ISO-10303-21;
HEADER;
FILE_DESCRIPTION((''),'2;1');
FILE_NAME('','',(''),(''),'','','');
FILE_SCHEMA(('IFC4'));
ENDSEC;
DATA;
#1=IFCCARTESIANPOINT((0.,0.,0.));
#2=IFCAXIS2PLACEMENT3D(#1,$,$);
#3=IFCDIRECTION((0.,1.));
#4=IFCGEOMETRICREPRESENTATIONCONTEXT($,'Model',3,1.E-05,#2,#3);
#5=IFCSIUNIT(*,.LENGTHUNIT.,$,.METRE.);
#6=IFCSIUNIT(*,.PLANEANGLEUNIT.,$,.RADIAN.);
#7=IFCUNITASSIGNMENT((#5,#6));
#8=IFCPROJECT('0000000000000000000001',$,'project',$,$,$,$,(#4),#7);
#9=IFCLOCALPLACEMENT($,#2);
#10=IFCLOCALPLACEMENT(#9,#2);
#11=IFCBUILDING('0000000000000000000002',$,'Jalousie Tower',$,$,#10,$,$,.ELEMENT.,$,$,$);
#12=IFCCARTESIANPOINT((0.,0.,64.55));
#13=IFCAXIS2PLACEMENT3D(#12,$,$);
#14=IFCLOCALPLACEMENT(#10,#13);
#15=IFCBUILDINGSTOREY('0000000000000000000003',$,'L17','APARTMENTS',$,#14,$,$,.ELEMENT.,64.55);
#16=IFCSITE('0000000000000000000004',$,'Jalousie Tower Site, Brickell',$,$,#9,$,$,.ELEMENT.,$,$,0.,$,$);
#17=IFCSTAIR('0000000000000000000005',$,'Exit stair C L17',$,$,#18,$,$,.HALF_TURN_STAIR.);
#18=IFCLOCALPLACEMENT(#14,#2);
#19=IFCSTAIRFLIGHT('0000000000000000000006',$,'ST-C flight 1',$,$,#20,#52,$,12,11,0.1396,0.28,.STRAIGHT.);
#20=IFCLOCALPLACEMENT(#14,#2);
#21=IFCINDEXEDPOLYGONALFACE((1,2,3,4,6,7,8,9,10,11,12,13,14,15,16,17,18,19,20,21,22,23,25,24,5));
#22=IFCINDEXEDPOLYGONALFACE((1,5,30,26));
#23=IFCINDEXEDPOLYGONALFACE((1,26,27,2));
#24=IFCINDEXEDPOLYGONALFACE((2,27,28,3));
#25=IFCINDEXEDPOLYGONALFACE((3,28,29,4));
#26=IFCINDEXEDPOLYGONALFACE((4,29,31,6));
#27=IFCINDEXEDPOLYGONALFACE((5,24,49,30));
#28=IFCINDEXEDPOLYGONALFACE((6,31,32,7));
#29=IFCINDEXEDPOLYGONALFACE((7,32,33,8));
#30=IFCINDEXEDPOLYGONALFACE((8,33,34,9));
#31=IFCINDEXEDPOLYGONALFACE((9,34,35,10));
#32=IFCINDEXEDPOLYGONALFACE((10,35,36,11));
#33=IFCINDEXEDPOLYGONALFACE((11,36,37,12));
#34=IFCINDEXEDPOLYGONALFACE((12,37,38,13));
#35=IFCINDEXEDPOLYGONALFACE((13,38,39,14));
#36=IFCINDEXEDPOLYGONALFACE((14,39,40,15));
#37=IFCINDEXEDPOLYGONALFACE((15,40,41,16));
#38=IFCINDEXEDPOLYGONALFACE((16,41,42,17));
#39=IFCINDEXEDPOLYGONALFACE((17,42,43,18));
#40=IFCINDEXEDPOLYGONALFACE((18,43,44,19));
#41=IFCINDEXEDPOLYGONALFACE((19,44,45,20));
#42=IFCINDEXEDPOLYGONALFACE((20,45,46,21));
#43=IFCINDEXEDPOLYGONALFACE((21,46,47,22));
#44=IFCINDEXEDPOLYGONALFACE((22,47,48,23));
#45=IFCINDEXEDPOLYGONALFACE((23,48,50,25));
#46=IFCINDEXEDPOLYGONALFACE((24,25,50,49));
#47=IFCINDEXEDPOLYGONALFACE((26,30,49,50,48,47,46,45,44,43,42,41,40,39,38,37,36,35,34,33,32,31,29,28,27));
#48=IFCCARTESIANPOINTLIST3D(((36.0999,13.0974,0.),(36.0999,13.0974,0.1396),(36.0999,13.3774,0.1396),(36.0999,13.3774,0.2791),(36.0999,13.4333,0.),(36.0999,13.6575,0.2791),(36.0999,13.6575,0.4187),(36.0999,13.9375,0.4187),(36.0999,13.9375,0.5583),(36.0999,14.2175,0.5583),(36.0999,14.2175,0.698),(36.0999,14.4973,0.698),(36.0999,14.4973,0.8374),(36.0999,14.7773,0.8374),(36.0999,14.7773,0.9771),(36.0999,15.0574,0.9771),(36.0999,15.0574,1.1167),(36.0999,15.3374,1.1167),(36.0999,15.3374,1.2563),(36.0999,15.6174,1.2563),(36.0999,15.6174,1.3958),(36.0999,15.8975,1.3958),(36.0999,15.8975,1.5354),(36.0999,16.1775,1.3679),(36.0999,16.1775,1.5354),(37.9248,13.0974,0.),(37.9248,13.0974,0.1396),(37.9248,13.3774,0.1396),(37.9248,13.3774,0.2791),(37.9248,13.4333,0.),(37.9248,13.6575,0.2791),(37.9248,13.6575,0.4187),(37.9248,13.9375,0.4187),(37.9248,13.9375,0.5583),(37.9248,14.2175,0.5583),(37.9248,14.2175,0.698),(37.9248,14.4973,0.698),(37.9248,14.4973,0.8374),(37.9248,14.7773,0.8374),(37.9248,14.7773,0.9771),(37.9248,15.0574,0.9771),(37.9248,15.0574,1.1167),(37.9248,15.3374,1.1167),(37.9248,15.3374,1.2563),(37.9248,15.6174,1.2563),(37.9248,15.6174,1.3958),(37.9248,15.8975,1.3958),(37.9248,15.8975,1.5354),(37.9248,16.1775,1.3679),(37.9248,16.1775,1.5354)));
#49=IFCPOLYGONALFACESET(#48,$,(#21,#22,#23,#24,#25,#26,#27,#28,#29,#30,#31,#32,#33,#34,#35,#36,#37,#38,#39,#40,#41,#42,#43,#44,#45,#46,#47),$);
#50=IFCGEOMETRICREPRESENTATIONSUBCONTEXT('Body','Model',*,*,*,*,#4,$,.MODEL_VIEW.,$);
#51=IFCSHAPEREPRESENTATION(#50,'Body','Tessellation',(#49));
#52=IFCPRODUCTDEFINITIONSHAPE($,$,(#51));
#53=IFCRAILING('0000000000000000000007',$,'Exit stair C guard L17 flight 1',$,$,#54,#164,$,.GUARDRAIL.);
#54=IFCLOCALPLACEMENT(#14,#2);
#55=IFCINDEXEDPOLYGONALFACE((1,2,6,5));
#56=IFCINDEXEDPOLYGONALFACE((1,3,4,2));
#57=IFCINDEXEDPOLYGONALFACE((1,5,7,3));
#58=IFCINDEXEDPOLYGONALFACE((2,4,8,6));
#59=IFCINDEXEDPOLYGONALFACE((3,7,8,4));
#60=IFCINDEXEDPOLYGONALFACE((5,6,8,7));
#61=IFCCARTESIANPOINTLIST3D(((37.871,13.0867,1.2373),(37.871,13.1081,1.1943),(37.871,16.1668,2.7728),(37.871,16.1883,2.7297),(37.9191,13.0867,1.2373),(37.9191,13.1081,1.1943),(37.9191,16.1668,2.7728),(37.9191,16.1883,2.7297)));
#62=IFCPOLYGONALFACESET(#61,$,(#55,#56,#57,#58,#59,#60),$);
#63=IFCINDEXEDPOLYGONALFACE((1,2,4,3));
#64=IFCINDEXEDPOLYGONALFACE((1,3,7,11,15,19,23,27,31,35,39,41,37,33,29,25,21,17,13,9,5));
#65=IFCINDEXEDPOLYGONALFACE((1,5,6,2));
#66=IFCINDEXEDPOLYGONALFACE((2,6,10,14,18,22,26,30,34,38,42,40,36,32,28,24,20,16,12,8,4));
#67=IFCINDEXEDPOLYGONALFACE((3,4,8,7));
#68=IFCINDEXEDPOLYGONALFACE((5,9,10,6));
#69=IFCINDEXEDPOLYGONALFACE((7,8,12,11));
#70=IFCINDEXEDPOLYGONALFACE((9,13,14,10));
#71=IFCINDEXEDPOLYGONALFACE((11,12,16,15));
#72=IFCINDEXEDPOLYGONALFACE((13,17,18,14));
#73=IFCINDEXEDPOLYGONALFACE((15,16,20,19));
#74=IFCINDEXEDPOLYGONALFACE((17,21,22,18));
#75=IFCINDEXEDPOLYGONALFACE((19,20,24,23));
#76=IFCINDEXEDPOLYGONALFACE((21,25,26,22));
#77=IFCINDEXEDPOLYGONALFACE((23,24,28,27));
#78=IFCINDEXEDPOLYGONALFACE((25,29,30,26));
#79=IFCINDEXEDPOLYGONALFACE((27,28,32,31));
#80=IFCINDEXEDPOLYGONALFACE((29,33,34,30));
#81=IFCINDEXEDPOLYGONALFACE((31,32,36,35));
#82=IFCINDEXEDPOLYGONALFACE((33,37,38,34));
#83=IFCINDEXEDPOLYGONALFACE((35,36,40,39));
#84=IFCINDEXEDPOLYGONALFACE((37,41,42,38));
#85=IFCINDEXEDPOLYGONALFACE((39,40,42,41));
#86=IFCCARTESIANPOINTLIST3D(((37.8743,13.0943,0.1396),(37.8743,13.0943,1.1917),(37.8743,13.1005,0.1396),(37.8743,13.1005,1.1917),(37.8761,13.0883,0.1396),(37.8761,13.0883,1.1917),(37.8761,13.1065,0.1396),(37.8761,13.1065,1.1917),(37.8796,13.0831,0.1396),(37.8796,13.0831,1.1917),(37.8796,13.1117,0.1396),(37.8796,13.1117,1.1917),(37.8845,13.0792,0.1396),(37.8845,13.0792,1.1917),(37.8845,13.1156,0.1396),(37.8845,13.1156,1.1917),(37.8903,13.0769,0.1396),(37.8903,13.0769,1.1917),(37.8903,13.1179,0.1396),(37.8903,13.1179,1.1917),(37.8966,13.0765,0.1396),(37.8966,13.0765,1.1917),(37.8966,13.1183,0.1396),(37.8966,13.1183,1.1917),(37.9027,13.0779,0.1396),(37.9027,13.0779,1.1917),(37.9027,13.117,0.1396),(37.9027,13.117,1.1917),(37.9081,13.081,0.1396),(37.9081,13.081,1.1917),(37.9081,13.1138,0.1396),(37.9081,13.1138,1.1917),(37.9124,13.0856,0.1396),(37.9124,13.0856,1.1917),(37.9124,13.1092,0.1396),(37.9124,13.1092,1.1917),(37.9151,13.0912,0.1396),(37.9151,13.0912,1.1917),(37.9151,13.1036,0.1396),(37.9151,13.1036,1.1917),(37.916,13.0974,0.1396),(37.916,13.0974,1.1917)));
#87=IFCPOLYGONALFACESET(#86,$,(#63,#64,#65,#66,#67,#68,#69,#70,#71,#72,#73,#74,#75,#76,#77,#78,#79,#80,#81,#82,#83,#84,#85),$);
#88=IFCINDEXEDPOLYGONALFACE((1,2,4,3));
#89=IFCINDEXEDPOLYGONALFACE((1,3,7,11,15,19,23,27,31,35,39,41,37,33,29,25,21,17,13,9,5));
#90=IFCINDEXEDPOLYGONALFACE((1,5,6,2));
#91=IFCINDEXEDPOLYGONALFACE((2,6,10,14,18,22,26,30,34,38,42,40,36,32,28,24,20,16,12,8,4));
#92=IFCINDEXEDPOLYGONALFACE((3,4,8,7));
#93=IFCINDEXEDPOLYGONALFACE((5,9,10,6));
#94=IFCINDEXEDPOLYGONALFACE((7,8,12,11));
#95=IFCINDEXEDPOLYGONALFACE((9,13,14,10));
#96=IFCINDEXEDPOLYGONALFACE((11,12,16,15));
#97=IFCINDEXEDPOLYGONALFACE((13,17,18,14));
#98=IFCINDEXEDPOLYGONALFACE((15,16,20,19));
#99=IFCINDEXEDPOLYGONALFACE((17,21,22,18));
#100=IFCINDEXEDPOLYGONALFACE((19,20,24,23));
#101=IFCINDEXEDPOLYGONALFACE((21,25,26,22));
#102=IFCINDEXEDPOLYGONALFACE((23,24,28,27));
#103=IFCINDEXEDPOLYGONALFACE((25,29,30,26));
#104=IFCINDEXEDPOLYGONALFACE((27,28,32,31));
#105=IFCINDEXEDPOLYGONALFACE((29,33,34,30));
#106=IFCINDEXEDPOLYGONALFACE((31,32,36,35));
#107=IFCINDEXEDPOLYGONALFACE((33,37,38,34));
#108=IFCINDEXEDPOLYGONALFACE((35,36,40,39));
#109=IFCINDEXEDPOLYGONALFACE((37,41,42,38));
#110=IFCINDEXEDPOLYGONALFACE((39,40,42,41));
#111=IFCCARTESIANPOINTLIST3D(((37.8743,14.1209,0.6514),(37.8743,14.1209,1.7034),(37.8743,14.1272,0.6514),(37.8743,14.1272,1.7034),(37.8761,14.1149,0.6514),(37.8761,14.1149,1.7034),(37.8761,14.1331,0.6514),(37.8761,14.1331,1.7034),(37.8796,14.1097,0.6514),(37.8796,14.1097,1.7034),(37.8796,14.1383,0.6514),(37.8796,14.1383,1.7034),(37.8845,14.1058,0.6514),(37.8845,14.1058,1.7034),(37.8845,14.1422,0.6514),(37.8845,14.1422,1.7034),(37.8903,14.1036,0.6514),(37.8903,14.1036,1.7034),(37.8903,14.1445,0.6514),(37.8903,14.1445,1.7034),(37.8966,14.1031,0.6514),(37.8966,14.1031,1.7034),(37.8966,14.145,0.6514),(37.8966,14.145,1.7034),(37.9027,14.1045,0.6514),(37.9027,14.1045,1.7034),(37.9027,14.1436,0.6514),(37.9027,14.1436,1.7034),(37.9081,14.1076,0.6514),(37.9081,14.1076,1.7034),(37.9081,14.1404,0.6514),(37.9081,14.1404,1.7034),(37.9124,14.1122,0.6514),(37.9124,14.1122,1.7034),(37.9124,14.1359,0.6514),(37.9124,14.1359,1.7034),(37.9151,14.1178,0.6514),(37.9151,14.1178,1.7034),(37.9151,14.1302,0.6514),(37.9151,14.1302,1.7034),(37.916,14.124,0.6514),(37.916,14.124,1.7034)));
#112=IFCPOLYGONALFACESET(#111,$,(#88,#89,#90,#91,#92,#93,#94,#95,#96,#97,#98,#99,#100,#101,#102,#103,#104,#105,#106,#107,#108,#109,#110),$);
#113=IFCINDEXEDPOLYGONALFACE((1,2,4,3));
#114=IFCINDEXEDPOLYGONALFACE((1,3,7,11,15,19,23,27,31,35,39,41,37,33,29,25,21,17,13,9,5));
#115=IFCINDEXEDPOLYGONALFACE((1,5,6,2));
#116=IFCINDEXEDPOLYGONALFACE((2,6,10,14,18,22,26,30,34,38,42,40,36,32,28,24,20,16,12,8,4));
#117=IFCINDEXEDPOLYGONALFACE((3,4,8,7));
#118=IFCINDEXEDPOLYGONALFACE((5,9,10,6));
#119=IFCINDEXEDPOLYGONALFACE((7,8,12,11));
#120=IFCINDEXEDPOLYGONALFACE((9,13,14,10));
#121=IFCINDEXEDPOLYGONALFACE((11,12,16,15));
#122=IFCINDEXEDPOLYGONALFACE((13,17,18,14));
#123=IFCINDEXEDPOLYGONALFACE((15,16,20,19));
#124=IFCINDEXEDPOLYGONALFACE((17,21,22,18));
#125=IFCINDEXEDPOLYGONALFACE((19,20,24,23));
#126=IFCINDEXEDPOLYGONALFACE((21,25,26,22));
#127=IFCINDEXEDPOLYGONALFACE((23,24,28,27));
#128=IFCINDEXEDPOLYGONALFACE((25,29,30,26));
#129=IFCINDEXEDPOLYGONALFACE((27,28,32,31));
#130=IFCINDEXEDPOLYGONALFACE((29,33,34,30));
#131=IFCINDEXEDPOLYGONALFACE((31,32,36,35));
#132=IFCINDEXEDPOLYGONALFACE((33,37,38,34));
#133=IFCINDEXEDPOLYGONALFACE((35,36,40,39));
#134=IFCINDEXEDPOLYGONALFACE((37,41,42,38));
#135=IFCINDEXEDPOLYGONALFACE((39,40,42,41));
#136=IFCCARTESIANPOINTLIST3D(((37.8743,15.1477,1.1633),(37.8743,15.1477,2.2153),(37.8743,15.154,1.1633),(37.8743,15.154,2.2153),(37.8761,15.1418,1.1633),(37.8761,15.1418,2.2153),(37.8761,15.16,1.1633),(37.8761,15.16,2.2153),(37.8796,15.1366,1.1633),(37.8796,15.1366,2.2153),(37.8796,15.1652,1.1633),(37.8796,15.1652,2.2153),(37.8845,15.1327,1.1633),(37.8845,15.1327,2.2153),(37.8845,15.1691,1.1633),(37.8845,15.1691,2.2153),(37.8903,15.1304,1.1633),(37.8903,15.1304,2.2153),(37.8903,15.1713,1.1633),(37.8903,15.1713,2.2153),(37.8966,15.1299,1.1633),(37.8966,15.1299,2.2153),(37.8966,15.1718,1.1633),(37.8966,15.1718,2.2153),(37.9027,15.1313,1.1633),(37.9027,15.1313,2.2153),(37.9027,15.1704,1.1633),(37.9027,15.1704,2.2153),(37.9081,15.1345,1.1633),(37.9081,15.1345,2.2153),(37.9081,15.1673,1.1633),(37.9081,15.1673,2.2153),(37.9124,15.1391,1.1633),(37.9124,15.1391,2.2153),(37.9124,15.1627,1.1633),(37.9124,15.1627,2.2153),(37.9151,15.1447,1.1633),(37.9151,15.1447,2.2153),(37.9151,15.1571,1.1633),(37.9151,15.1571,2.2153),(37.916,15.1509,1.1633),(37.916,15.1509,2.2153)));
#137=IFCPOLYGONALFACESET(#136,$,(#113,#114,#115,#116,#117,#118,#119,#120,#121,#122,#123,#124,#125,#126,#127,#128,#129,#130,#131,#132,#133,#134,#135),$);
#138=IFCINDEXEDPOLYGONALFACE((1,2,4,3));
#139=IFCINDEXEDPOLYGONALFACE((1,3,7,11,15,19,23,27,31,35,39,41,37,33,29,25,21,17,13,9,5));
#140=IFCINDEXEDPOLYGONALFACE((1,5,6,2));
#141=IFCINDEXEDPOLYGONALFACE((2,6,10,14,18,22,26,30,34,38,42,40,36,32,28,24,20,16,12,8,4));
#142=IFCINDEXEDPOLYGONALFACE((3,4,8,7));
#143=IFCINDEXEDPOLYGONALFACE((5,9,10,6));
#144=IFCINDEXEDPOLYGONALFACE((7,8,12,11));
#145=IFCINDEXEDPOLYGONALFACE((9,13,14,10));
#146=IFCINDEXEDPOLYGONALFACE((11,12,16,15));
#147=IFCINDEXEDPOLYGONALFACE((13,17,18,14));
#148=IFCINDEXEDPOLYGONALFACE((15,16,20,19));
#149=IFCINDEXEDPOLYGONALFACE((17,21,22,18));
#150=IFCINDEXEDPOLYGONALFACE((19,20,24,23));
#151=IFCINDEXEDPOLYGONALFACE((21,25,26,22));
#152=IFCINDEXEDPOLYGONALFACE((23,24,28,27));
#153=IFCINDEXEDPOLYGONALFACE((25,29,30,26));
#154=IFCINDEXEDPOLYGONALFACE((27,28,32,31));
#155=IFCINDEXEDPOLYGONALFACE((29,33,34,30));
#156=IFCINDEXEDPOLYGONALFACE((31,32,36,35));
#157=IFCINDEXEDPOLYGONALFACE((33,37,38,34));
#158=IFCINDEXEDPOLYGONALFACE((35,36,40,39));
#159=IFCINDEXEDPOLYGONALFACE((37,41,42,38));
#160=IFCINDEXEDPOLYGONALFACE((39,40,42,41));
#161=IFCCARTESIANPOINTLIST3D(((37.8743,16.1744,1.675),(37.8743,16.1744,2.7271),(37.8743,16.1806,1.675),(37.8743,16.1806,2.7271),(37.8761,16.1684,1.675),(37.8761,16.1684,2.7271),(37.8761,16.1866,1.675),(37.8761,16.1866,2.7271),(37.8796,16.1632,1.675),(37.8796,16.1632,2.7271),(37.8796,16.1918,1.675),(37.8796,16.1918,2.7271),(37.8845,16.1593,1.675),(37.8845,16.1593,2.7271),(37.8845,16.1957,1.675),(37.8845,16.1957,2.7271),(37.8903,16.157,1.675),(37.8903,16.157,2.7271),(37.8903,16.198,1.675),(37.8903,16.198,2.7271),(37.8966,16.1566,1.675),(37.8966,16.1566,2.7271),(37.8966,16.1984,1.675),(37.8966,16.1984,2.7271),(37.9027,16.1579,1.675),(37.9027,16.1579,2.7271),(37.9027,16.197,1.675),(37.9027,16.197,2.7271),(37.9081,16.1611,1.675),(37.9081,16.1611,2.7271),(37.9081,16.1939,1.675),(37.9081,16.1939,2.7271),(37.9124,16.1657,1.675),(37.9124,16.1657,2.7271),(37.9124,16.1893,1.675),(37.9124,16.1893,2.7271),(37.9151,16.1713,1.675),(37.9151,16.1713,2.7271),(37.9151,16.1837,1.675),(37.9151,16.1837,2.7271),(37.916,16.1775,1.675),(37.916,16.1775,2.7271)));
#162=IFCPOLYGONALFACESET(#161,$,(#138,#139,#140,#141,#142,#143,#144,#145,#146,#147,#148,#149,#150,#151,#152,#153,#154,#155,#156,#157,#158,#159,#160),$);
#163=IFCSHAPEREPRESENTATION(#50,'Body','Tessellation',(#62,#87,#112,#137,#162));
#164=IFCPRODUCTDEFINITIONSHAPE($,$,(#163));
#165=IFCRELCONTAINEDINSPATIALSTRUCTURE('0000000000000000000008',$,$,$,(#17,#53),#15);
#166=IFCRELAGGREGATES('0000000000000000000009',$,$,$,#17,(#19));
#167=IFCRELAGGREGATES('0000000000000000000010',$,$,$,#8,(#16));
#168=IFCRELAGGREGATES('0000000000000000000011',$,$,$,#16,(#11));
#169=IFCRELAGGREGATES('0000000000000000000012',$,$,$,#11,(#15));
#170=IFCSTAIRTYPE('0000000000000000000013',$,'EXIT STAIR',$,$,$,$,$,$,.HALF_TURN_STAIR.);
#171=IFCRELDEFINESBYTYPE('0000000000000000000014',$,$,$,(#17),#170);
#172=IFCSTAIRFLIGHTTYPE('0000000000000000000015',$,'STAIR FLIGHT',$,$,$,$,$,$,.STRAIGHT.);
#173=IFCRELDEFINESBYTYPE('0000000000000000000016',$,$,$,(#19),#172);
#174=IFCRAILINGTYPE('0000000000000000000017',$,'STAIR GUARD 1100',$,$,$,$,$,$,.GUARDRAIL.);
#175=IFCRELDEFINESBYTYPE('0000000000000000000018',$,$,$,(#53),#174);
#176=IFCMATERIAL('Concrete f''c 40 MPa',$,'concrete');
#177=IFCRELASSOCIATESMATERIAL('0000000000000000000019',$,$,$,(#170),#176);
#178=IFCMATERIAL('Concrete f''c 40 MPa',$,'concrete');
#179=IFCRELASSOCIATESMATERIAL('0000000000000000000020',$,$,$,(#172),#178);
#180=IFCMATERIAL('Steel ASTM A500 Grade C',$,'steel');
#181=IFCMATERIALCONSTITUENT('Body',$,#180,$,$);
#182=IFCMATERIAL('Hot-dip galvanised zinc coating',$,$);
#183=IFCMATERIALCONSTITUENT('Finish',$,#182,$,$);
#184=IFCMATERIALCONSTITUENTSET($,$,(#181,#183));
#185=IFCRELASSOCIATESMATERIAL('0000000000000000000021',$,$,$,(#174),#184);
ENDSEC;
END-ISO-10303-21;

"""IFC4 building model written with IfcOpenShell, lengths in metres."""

from ifc_helpers import new_model, si_unit, direction, frame, origin, origin_2d, place, context, subcontext, project, spatial, polyline, rectangle, circle, outline, extrude, material, constituent, constituent_set, type_object, element, aggregate, save


model = new_model("IFC4")

# Units and contexts
model_context = context("Model", 3, precision=1e-05, world=origin(), true_north=direction((0.0, 1.0)))
body_context = subcontext(model_context, "Body", "Model", "MODEL_VIEW")
ifc_project = project(units=[si_unit("LENGTHUNIT", "METRE"), si_unit("PLANEANGLEUNIT", "RADIAN")], contexts=[model_context])

# Site, building, storey
site_placement = place(None, origin())
site = spatial("IfcSite", under=ifc_project, at=site_placement, Name="Jalousie Tower Site, Brickell", CompositionType="ELEMENT", RefElevation=0.0)
building_placement = place(site_placement, origin())
building = spatial("IfcBuilding", under=site, at=building_placement, Name="Jalousie Tower", CompositionType="ELEMENT")
storey_placement = place(building_placement, frame((0.0, 0.0, 64.55)))
storey = spatial("IfcBuildingStorey", under=building, at=storey_placement, Name="L17", Description="APARTMENTS", CompositionType="ELEMENT", Elevation=64.55)

# Stair, stair flight
ifc_material_1 = material(Name="Concrete f'c 40 MPa", Category="concrete")
stair_type = type_object("IfcStairType", Name="EXIT STAIR", PredefinedType="HALF_TURN_STAIR", material=ifc_material_1)
stair_placement = place(storey_placement, origin())
stair = element("IfcStair", 1, at=stair_placement, inside=storey, type_object=stair_type, Name="Exit stair C L17", PredefinedType="HALF_TURN_STAIR")
ifc_material_2 = material(Name="Concrete f'c 40 MPa", Category="concrete")
stair_flight_type = type_object("IfcStairFlightType", Name="STAIR FLIGHT", PredefinedType="STRAIGHT", material=ifc_material_2)
stair_flight_placement = place(storey_placement, frame((37.0125, 13.0974, 0.0), z_axis=(0.0, 0.0, 1.0), x_axis=(0.0, 1.0, 0.0)))
stair_flight = element("IfcStairFlight", 2, at=stair_flight_placement, type_object=stair_flight_type, Name="ST-C flight 1", NumberOfRisers=12, NumberOfTreads=11, PredefinedType="STRAIGHT", RiserHeight=0.1396, TreadLength=0.28, context=body_context, shape_type="SweptSolid", body=[
    extrude(outline(polyline([(0.0, 0.0), (0.0, 0.1396), (0.28, 0.1396), (0.28, 0.2791), (0.5601, 0.2791), (0.5601, 0.4187), (0.8401, 0.4187), (0.8401, 0.5583), (1.1201, 0.5583), (1.1201, 0.698), (1.3999, 0.698), (1.3999, 0.8374), (1.6799, 0.8374), (1.6799, 0.9771), (1.96, 0.9771), (1.96, 1.1167), (2.24, 1.1167), (2.24, 1.2563), (2.52, 1.2563), (2.52, 1.3958), (2.8, 1.3958), (2.8, 1.5354), (3.0801, 1.5354), (3.0801, 1.675), (3.0801, 1.3679), (0.3359, 0.0), (0.0, 0.0)])), frame((0.0, 0.9126, 0.0), z_axis=(0.0, -1.0, 0.0), x_axis=(1.0, 0.0, 0.0)), (0.0, 0.0, 1.0), 1.825),
])
aggregate(stair, [stair_flight])

# Railing
ifc_material_3 = material(Name="Steel ASTM A500 Grade C", Category="steel")
ifc_constituent_1 = constituent(ifc_material_3, Name="Body")
ifc_material_4 = material(Name="Hot-dip galvanised zinc coating")
ifc_constituent_2 = constituent(ifc_material_4, Name="Finish")
ifc_constituent_set_1 = constituent_set(constituents=[ifc_constituent_1, ifc_constituent_2])
railing_type_1 = type_object("IfcRailingType", Name="STAIR GUARD 1100", PredefinedType="GUARDRAIL", material=ifc_constituent_set_1)
railing_1_placement = place(storey_placement, frame((37.895, 13.0974, 0.1396)))
element("IfcRailing", 3, at=railing_1_placement, inside=storey, type_object=railing_type_1, Name="Exit stair C guard L17 flight 1", PredefinedType="GUARDRAIL", context=body_context, shape_type="SweptSolid", body=[
    extrude(rectangle(XDim=0.0481, YDim=0.0481, at=origin_2d()), frame((0.0, 0.0, 1.0762), z_axis=(0.0, 0.894966, 0.446135), x_axis=(-1.0, 0.0, 0.0)), (0.0, 0.0, 1.0), 3.4417),
    extrude(circle(Radius=0.021, at=origin_2d()), origin(), (0.0, 0.0, 1.0), 1.052),
    extrude(circle(Radius=0.021, at=origin_2d()), frame((0.0, 1.0266, 0.5117)), (0.0, 0.0, 1.0), 1.052),
    extrude(circle(Radius=0.021, at=origin_2d()), frame((0.0, 2.0535, 1.0237)), (0.0, 0.0, 1.0), 1.052),
    extrude(circle(Radius=0.021, at=origin_2d()), frame((0.0, 3.0801, 1.5354)), (0.0, 0.0, 1.0), 1.052),
])

save(model, "model.ifc")
